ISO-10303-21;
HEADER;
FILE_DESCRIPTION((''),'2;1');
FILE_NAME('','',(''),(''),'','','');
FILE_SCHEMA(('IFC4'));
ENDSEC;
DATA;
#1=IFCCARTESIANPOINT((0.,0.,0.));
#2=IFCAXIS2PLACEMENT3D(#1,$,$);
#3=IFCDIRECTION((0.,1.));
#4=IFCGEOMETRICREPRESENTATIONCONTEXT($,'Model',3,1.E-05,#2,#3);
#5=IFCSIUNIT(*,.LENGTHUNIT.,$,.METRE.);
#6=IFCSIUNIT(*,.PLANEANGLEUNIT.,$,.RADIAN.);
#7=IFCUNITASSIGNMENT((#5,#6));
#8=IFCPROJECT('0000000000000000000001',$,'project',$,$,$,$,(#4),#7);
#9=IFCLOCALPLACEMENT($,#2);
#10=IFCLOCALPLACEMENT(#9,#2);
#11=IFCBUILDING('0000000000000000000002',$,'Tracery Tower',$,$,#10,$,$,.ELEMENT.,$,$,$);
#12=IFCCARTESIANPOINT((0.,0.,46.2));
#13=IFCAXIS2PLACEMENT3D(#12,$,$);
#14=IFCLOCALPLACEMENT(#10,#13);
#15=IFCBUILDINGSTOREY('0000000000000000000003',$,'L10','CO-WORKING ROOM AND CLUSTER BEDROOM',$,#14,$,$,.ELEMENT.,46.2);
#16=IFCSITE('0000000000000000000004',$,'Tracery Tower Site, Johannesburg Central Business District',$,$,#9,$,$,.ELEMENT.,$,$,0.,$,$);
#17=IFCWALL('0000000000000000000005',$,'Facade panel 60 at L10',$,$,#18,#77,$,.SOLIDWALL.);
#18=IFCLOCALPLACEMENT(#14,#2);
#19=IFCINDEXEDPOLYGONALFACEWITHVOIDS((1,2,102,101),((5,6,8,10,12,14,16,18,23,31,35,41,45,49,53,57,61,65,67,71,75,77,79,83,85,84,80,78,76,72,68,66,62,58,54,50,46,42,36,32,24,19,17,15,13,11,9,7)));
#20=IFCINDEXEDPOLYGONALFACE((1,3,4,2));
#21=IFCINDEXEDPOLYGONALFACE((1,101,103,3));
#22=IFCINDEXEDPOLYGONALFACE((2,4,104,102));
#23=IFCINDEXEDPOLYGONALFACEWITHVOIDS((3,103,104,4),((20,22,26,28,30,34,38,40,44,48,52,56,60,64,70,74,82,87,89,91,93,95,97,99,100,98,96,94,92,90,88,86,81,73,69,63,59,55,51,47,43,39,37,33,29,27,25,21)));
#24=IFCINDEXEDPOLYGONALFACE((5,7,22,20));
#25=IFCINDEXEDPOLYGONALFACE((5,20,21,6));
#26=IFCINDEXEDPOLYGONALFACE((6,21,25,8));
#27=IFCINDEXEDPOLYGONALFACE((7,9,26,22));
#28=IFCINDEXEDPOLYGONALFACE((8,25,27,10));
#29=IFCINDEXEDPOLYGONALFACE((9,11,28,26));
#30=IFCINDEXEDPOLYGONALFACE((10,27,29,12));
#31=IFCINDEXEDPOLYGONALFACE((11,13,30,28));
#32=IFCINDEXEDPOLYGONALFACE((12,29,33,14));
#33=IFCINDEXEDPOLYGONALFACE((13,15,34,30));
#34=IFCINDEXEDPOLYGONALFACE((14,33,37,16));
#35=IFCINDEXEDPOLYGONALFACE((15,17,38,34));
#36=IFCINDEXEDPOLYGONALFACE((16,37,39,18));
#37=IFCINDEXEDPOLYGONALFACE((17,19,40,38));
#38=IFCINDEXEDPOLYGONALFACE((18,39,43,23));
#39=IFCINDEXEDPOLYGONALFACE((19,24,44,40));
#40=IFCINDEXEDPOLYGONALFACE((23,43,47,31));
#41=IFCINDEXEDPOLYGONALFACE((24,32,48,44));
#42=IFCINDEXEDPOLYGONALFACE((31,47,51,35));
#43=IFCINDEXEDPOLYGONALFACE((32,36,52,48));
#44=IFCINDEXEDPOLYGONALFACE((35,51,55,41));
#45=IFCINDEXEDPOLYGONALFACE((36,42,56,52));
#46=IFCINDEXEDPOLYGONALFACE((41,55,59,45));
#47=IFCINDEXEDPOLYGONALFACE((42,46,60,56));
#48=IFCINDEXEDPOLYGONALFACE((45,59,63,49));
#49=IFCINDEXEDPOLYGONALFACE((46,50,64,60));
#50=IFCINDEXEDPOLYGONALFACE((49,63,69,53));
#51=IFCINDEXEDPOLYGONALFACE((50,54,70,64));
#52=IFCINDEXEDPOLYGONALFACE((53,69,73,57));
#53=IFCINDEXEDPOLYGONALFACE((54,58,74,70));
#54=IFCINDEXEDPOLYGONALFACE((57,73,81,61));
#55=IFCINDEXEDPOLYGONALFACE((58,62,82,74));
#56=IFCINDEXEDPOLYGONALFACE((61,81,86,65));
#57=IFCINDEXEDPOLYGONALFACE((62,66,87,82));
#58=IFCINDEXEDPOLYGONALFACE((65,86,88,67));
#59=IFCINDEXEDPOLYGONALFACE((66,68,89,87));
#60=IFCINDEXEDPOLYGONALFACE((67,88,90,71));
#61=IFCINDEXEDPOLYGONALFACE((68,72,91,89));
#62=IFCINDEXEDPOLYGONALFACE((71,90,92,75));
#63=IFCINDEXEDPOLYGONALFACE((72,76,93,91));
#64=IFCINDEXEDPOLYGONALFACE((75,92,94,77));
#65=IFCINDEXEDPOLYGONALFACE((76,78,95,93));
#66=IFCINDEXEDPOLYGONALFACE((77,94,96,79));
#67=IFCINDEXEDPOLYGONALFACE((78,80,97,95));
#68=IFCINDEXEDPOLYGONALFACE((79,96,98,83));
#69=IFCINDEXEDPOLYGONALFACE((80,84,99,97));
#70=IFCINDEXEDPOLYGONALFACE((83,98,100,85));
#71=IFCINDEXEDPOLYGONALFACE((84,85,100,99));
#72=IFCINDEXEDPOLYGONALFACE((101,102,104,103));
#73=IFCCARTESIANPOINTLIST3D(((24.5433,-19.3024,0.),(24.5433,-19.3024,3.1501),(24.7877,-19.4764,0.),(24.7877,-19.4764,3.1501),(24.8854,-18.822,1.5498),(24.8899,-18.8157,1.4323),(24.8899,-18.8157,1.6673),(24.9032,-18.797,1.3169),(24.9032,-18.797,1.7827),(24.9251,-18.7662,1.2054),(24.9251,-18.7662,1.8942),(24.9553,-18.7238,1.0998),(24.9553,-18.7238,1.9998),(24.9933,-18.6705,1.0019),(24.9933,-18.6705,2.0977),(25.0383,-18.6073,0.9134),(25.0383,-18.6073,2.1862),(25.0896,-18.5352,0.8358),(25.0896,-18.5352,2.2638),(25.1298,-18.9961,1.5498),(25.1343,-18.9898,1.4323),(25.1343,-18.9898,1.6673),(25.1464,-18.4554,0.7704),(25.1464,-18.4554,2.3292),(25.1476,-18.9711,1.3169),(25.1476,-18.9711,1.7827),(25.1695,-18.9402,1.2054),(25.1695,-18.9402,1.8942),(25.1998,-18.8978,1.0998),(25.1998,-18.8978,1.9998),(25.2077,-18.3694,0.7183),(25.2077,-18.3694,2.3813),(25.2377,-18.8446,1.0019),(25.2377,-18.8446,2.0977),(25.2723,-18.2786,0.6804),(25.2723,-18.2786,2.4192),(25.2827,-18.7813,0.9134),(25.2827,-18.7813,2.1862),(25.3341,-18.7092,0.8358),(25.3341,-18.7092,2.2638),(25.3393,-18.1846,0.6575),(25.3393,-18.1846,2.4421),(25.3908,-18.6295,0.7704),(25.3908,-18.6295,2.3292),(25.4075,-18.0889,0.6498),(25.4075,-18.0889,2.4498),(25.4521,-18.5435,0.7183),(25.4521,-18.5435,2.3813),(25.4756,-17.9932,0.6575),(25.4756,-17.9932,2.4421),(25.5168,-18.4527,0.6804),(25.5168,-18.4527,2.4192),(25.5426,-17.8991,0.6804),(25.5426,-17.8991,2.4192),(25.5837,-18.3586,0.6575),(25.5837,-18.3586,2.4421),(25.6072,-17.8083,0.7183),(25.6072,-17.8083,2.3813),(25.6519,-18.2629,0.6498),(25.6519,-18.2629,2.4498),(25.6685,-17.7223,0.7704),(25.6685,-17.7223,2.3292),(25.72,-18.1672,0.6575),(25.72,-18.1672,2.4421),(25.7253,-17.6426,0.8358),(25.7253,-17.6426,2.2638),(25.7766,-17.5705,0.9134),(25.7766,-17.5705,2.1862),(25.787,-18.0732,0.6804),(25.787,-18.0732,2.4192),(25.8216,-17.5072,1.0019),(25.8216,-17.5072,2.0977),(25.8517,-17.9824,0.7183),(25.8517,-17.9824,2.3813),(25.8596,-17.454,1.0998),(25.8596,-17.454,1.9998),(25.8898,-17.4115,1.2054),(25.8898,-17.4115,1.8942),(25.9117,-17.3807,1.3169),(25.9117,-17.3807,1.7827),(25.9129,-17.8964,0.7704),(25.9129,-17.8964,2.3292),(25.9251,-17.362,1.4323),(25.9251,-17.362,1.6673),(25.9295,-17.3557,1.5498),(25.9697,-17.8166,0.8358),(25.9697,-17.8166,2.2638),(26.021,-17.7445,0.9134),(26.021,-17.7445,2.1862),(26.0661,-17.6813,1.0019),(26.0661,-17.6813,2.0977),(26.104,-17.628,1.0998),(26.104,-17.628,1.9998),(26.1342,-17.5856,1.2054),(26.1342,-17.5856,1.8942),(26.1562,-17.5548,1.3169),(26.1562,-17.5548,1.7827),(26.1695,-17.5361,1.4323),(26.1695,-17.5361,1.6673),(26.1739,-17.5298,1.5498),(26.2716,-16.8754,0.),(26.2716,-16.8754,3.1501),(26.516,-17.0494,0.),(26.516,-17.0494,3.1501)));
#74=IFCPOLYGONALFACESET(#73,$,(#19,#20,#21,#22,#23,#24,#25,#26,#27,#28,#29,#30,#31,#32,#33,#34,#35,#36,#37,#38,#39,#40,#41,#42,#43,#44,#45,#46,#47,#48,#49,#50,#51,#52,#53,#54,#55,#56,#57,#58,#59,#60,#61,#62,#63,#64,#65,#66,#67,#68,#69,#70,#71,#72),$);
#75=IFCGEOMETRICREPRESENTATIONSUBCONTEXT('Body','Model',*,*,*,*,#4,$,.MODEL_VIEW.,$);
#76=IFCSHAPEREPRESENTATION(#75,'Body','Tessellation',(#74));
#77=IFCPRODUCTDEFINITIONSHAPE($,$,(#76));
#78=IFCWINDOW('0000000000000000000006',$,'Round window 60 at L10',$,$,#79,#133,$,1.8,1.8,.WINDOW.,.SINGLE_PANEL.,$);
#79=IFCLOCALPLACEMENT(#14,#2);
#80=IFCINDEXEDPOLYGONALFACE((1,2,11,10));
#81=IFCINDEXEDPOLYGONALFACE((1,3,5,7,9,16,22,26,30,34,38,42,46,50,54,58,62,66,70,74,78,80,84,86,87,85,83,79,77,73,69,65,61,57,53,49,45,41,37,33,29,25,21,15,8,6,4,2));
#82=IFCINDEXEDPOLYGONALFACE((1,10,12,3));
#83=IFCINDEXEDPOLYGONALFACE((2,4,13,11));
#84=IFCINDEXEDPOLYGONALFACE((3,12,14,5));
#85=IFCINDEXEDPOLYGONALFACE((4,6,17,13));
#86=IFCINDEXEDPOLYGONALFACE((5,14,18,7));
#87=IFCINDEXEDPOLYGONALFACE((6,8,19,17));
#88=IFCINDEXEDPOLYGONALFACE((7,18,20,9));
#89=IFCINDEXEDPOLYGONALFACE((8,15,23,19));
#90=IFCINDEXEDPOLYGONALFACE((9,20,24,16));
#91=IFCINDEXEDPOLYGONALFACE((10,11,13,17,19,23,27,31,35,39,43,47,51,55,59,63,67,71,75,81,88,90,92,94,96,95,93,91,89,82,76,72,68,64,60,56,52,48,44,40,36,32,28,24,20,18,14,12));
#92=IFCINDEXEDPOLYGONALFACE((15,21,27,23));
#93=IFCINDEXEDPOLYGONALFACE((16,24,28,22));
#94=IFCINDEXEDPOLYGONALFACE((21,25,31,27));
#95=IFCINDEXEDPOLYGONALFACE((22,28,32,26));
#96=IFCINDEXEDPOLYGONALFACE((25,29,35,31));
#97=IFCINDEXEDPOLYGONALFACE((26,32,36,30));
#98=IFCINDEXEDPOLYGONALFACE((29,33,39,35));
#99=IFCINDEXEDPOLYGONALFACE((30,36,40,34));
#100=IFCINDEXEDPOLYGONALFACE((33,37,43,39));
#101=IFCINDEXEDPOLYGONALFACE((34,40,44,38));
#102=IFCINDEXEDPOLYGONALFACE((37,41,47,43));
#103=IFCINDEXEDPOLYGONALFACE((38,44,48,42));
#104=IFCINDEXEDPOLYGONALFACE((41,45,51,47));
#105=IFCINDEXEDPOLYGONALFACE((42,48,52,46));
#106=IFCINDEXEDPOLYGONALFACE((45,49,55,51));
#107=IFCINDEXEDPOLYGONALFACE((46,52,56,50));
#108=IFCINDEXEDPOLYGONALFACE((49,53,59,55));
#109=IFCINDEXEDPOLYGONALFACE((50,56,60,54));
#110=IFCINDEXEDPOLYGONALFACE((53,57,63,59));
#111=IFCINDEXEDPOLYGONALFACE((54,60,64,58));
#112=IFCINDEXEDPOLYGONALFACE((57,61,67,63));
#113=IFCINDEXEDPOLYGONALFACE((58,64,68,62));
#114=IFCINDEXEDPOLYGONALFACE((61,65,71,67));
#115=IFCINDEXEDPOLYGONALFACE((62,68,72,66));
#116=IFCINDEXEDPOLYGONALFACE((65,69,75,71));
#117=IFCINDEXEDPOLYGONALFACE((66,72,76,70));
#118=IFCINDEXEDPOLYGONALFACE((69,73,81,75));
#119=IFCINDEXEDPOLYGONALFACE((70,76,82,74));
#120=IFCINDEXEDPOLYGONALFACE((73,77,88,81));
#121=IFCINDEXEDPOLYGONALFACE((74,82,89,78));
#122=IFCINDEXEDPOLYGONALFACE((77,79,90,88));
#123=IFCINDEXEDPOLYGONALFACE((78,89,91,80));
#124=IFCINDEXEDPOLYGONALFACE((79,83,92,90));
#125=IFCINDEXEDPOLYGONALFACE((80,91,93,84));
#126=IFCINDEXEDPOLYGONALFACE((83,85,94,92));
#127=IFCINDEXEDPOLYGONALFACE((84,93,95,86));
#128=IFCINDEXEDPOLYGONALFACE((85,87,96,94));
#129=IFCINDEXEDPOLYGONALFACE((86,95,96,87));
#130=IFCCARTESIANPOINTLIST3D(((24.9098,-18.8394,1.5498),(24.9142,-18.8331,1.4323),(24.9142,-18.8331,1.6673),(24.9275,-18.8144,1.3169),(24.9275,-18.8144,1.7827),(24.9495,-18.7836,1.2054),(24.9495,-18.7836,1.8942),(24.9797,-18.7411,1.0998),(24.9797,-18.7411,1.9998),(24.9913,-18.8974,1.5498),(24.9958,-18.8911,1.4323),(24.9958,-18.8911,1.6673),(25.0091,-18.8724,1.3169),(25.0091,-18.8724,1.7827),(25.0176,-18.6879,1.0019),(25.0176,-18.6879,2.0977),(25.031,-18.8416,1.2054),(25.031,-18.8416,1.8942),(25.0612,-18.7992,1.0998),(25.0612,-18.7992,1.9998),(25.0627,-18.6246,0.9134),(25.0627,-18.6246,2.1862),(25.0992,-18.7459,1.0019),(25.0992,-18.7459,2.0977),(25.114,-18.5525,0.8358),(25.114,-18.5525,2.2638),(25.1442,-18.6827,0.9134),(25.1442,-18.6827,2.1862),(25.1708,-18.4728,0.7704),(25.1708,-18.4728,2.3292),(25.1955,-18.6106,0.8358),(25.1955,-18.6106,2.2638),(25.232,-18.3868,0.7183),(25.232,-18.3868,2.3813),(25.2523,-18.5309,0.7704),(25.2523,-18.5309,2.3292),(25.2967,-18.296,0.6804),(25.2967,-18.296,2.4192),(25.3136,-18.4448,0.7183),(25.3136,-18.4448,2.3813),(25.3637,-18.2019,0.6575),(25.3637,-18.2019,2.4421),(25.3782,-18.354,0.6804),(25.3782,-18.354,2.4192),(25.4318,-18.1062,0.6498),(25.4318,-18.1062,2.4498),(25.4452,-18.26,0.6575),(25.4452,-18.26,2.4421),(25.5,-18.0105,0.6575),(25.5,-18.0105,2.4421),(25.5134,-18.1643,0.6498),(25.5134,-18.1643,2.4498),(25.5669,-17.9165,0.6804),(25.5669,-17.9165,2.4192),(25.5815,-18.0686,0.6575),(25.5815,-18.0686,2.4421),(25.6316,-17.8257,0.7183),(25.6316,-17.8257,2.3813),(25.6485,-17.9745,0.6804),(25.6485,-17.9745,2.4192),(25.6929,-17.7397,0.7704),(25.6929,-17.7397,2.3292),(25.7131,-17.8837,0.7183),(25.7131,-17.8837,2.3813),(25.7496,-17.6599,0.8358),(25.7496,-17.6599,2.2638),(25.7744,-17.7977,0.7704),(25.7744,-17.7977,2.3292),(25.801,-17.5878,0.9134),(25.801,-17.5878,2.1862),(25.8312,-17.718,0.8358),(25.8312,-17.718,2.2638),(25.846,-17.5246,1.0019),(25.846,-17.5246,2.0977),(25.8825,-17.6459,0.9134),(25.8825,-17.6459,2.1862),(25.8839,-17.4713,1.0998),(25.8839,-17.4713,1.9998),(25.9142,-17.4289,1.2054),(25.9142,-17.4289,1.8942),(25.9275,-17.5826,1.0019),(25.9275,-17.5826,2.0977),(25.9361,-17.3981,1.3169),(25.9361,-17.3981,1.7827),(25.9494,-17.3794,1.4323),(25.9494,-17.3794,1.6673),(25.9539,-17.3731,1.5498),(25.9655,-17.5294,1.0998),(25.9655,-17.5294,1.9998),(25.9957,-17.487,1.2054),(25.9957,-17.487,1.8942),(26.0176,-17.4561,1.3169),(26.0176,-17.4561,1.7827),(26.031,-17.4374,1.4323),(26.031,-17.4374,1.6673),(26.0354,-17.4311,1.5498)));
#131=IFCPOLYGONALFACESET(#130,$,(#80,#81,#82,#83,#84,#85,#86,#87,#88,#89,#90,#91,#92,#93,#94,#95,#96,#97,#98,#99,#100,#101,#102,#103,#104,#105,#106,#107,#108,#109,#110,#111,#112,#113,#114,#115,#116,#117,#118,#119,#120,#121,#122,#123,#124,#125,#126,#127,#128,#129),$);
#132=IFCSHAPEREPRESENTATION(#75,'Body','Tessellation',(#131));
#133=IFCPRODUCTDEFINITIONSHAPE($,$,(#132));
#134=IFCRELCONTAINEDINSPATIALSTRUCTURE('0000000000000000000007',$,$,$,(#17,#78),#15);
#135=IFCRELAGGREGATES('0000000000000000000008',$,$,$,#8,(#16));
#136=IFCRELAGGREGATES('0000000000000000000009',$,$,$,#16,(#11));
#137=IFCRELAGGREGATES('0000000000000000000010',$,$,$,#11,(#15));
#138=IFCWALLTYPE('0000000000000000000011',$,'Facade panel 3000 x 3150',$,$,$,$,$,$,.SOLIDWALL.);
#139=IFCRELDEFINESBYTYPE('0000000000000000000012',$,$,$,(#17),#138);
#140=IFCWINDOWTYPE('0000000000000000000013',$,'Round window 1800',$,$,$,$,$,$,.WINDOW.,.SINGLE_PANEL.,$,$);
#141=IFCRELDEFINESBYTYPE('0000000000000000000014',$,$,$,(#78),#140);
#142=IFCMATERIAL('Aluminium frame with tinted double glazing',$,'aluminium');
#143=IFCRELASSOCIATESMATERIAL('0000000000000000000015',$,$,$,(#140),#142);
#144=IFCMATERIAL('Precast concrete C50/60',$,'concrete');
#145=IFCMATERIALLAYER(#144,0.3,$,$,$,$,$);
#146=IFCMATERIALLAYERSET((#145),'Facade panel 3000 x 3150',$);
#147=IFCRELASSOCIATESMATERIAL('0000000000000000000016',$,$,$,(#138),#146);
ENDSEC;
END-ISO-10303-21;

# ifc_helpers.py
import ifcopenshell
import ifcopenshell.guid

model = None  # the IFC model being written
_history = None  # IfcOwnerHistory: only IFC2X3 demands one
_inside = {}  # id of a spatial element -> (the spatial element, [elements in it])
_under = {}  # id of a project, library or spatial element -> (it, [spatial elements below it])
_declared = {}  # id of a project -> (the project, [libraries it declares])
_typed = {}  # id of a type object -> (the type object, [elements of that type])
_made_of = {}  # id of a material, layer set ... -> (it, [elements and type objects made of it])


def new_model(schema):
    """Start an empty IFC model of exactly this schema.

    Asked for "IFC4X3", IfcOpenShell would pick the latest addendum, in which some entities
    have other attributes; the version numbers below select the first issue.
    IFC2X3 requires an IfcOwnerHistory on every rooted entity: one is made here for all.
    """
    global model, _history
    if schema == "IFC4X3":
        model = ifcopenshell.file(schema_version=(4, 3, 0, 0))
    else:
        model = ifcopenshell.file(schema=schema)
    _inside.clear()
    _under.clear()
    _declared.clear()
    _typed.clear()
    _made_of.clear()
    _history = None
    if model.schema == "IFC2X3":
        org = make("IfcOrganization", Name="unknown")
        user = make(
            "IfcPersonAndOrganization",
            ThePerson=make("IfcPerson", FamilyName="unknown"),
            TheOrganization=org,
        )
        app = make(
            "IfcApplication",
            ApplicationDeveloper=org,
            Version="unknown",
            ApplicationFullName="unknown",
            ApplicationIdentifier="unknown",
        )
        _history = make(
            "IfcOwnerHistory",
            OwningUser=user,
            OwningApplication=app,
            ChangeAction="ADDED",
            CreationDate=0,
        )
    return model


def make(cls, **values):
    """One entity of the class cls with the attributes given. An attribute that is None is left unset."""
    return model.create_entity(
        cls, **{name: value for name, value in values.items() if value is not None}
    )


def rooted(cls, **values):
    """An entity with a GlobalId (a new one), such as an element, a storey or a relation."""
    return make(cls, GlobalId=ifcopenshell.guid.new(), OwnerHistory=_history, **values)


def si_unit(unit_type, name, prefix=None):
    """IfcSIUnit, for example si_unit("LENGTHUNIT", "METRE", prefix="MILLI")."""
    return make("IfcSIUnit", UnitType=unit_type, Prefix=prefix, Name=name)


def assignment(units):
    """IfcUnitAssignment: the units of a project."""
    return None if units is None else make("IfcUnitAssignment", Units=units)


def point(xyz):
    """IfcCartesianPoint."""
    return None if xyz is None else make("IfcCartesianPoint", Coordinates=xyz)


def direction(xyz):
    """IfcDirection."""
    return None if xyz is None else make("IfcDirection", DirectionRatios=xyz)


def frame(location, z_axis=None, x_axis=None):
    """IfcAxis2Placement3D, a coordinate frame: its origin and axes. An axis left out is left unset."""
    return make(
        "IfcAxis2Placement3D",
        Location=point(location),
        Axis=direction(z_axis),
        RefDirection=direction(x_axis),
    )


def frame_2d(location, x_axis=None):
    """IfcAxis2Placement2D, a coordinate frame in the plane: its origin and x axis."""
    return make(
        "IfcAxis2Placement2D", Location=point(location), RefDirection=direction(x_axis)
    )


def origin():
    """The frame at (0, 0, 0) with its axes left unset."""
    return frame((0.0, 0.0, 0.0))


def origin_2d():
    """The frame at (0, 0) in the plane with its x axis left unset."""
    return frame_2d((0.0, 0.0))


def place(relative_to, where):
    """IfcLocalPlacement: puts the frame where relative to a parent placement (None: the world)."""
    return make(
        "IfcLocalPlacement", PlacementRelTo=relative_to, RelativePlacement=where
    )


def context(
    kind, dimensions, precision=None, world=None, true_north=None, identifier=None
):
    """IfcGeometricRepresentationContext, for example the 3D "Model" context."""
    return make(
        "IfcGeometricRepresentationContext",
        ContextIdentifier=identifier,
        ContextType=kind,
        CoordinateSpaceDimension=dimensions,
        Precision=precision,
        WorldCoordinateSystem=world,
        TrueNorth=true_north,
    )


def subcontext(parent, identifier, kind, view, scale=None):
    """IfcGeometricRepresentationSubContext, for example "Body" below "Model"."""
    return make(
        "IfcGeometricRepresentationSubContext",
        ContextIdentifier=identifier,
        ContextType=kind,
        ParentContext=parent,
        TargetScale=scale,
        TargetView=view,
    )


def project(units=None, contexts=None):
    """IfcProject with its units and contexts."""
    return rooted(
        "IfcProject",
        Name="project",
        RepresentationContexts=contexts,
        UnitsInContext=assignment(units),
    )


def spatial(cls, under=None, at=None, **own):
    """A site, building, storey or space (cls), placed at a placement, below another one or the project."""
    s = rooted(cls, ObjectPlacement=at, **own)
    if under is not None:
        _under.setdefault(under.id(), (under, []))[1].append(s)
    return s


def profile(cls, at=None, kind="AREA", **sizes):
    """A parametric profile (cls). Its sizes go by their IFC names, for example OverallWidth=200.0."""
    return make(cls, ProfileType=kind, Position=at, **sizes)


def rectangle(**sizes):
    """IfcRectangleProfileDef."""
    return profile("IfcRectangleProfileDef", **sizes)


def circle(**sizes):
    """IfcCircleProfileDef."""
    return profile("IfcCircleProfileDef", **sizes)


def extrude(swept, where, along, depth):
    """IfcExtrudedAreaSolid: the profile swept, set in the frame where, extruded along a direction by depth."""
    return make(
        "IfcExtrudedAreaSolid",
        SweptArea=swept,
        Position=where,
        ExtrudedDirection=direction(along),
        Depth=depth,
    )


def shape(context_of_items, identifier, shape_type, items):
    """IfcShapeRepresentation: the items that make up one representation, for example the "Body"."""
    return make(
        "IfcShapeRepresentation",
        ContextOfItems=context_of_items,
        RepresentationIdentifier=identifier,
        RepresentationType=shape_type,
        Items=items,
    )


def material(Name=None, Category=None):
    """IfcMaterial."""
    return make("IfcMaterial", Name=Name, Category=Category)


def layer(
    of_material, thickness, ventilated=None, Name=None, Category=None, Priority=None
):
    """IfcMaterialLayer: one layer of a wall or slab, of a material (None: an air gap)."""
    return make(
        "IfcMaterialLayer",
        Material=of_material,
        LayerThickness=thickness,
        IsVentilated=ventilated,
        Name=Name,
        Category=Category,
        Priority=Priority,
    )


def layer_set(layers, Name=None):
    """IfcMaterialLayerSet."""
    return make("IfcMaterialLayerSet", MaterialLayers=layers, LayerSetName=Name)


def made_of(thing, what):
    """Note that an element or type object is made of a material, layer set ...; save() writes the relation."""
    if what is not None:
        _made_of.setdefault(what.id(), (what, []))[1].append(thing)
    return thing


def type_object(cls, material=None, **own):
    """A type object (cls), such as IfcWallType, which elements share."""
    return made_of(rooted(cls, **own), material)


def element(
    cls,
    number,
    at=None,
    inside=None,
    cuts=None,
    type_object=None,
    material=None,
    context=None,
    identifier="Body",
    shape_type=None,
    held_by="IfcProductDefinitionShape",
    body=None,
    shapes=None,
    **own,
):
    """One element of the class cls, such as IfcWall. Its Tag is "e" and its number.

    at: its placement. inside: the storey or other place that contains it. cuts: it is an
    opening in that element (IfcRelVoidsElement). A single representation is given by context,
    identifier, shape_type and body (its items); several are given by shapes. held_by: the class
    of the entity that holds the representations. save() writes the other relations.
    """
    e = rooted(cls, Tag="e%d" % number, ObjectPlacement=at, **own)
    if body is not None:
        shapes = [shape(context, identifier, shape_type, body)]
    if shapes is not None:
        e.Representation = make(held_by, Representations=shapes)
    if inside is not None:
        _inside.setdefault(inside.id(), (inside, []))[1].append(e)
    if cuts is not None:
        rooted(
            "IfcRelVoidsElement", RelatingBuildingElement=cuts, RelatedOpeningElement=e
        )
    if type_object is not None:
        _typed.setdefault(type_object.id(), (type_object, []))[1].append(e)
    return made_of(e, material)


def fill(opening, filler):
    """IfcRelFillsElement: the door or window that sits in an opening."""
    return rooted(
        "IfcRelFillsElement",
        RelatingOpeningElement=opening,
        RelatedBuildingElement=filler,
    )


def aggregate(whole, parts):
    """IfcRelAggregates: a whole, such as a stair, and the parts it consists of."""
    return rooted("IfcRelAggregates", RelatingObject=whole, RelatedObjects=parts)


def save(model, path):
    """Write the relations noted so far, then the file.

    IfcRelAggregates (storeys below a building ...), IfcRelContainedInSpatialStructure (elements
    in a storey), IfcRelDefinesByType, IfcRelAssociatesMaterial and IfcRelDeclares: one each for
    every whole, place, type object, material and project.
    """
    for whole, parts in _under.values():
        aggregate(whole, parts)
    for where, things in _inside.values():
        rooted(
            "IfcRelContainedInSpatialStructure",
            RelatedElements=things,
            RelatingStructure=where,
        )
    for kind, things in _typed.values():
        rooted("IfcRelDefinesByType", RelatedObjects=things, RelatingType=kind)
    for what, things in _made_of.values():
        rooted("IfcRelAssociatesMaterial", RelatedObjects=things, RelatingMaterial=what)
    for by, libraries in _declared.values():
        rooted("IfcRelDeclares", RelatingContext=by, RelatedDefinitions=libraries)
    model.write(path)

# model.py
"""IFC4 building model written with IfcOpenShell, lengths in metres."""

from ifc_helpers import new_model, si_unit, direction, frame, frame_2d, origin, origin_2d, place, context, subcontext, project, spatial, rectangle, circle, extrude, material, layer, layer_set, type_object, element, fill, save


model = new_model("IFC4")

# Units and contexts
model_context = context("Model", 3, precision=1e-05, world=origin(), true_north=direction((0.0, 1.0)))
body_context = subcontext(model_context, "Body", "Model", "MODEL_VIEW")
ifc_project = project(units=[si_unit("LENGTHUNIT", "METRE"), si_unit("PLANEANGLEUNIT", "RADIAN")], contexts=[model_context])

# Site, building, storey
site_placement = place(None, origin())
site = spatial("IfcSite", under=ifc_project, at=site_placement, Name="Tracery Tower Site, Johannesburg Central Business District", CompositionType="ELEMENT", RefElevation=0.0)
building_placement = place(site_placement, origin())
building = spatial("IfcBuilding", under=site, at=building_placement, Name="Tracery Tower", CompositionType="ELEMENT")
storey_placement = place(building_placement, frame((0.0, 0.0, 46.2)))
storey = spatial("IfcBuildingStorey", under=building, at=storey_placement, Name="L10", Description="CO-WORKING ROOM AND CLUSTER BEDROOM", CompositionType="ELEMENT", Elevation=46.2)

# Wall, opening, window
ifc_material_1 = material(Name="Aluminium frame with tinted double glazing", Category="aluminium")
window_type = type_object("IfcWindowType", Name="Round window 1800", PartitioningType="SINGLE_PANEL", PredefinedType="WINDOW", material=ifc_material_1)
ifc_material_2 = material(Name="Precast concrete C50/60", Category="concrete")
ifc_layer_1 = layer(ifc_material_2, 0.3)
ifc_layer_set_1 = layer_set([ifc_layer_1], Name="Facade panel 3000 x 3150")
wall_type_1 = type_object("IfcWallType", Name="Facade panel 3000 x 3150", PredefinedType="SOLIDWALL", material=ifc_layer_set_1)
wall_1_placement = place(storey_placement, frame((24.6655, -19.3894, 0.0), z_axis=(0.0, 0.0, 1.0), x_axis=(0.580059, 0.814574, 0.0)))
wall_1 = element("IfcWall", 1, at=wall_1_placement, inside=storey, type_object=wall_type_1, Name="Facade panel 60 at L10", PredefinedType="SOLIDWALL", context=body_context, shape_type="SweptSolid", body=[
    extrude(rectangle(XDim=2.9795, YDim=0.3, at=frame_2d((1.4897, 0.0))), origin(), (0.0, 0.0, 1.0), 3.1501),
])
opening_1_placement = place(wall_1_placement, frame((1.4897, 0.0, 1.5498)))
opening_1 = element("IfcOpeningElement", 2, at=opening_1_placement, cuts=wall_1, PredefinedType="OPENING", context=body_context, shape_type="SweptSolid", body=[
    extrude(circle(Radius=0.9, at=origin_2d()), frame((0.0, 0.1599, 0.0), z_axis=(0.0, -1.0, 0.0), x_axis=(1.0, 0.0, 0.0)), (0.0, 0.0, 1.0), 0.3201),
])
window_1_placement = place(opening_1_placement, origin())
window_1 = element("IfcWindow", 3, at=window_1_placement, inside=storey, type_object=window_type, Name="Round window 60 at L10", OverallHeight=1.8, OverallWidth=1.8, PartitioningType="SINGLE_PANEL", PredefinedType="WINDOW", context=body_context, shape_type="SweptSolid", body=[
    extrude(circle(Radius=0.9, at=origin_2d()), frame((0.0, 0.1201, 0.0), z_axis=(0.0, -1.0, 0.0), x_axis=(1.0, 0.0, 0.0)), (0.0, 0.0, 1.0), 0.1001),
])
fill(opening_1, window_1)

save(model, "model.ifc")
